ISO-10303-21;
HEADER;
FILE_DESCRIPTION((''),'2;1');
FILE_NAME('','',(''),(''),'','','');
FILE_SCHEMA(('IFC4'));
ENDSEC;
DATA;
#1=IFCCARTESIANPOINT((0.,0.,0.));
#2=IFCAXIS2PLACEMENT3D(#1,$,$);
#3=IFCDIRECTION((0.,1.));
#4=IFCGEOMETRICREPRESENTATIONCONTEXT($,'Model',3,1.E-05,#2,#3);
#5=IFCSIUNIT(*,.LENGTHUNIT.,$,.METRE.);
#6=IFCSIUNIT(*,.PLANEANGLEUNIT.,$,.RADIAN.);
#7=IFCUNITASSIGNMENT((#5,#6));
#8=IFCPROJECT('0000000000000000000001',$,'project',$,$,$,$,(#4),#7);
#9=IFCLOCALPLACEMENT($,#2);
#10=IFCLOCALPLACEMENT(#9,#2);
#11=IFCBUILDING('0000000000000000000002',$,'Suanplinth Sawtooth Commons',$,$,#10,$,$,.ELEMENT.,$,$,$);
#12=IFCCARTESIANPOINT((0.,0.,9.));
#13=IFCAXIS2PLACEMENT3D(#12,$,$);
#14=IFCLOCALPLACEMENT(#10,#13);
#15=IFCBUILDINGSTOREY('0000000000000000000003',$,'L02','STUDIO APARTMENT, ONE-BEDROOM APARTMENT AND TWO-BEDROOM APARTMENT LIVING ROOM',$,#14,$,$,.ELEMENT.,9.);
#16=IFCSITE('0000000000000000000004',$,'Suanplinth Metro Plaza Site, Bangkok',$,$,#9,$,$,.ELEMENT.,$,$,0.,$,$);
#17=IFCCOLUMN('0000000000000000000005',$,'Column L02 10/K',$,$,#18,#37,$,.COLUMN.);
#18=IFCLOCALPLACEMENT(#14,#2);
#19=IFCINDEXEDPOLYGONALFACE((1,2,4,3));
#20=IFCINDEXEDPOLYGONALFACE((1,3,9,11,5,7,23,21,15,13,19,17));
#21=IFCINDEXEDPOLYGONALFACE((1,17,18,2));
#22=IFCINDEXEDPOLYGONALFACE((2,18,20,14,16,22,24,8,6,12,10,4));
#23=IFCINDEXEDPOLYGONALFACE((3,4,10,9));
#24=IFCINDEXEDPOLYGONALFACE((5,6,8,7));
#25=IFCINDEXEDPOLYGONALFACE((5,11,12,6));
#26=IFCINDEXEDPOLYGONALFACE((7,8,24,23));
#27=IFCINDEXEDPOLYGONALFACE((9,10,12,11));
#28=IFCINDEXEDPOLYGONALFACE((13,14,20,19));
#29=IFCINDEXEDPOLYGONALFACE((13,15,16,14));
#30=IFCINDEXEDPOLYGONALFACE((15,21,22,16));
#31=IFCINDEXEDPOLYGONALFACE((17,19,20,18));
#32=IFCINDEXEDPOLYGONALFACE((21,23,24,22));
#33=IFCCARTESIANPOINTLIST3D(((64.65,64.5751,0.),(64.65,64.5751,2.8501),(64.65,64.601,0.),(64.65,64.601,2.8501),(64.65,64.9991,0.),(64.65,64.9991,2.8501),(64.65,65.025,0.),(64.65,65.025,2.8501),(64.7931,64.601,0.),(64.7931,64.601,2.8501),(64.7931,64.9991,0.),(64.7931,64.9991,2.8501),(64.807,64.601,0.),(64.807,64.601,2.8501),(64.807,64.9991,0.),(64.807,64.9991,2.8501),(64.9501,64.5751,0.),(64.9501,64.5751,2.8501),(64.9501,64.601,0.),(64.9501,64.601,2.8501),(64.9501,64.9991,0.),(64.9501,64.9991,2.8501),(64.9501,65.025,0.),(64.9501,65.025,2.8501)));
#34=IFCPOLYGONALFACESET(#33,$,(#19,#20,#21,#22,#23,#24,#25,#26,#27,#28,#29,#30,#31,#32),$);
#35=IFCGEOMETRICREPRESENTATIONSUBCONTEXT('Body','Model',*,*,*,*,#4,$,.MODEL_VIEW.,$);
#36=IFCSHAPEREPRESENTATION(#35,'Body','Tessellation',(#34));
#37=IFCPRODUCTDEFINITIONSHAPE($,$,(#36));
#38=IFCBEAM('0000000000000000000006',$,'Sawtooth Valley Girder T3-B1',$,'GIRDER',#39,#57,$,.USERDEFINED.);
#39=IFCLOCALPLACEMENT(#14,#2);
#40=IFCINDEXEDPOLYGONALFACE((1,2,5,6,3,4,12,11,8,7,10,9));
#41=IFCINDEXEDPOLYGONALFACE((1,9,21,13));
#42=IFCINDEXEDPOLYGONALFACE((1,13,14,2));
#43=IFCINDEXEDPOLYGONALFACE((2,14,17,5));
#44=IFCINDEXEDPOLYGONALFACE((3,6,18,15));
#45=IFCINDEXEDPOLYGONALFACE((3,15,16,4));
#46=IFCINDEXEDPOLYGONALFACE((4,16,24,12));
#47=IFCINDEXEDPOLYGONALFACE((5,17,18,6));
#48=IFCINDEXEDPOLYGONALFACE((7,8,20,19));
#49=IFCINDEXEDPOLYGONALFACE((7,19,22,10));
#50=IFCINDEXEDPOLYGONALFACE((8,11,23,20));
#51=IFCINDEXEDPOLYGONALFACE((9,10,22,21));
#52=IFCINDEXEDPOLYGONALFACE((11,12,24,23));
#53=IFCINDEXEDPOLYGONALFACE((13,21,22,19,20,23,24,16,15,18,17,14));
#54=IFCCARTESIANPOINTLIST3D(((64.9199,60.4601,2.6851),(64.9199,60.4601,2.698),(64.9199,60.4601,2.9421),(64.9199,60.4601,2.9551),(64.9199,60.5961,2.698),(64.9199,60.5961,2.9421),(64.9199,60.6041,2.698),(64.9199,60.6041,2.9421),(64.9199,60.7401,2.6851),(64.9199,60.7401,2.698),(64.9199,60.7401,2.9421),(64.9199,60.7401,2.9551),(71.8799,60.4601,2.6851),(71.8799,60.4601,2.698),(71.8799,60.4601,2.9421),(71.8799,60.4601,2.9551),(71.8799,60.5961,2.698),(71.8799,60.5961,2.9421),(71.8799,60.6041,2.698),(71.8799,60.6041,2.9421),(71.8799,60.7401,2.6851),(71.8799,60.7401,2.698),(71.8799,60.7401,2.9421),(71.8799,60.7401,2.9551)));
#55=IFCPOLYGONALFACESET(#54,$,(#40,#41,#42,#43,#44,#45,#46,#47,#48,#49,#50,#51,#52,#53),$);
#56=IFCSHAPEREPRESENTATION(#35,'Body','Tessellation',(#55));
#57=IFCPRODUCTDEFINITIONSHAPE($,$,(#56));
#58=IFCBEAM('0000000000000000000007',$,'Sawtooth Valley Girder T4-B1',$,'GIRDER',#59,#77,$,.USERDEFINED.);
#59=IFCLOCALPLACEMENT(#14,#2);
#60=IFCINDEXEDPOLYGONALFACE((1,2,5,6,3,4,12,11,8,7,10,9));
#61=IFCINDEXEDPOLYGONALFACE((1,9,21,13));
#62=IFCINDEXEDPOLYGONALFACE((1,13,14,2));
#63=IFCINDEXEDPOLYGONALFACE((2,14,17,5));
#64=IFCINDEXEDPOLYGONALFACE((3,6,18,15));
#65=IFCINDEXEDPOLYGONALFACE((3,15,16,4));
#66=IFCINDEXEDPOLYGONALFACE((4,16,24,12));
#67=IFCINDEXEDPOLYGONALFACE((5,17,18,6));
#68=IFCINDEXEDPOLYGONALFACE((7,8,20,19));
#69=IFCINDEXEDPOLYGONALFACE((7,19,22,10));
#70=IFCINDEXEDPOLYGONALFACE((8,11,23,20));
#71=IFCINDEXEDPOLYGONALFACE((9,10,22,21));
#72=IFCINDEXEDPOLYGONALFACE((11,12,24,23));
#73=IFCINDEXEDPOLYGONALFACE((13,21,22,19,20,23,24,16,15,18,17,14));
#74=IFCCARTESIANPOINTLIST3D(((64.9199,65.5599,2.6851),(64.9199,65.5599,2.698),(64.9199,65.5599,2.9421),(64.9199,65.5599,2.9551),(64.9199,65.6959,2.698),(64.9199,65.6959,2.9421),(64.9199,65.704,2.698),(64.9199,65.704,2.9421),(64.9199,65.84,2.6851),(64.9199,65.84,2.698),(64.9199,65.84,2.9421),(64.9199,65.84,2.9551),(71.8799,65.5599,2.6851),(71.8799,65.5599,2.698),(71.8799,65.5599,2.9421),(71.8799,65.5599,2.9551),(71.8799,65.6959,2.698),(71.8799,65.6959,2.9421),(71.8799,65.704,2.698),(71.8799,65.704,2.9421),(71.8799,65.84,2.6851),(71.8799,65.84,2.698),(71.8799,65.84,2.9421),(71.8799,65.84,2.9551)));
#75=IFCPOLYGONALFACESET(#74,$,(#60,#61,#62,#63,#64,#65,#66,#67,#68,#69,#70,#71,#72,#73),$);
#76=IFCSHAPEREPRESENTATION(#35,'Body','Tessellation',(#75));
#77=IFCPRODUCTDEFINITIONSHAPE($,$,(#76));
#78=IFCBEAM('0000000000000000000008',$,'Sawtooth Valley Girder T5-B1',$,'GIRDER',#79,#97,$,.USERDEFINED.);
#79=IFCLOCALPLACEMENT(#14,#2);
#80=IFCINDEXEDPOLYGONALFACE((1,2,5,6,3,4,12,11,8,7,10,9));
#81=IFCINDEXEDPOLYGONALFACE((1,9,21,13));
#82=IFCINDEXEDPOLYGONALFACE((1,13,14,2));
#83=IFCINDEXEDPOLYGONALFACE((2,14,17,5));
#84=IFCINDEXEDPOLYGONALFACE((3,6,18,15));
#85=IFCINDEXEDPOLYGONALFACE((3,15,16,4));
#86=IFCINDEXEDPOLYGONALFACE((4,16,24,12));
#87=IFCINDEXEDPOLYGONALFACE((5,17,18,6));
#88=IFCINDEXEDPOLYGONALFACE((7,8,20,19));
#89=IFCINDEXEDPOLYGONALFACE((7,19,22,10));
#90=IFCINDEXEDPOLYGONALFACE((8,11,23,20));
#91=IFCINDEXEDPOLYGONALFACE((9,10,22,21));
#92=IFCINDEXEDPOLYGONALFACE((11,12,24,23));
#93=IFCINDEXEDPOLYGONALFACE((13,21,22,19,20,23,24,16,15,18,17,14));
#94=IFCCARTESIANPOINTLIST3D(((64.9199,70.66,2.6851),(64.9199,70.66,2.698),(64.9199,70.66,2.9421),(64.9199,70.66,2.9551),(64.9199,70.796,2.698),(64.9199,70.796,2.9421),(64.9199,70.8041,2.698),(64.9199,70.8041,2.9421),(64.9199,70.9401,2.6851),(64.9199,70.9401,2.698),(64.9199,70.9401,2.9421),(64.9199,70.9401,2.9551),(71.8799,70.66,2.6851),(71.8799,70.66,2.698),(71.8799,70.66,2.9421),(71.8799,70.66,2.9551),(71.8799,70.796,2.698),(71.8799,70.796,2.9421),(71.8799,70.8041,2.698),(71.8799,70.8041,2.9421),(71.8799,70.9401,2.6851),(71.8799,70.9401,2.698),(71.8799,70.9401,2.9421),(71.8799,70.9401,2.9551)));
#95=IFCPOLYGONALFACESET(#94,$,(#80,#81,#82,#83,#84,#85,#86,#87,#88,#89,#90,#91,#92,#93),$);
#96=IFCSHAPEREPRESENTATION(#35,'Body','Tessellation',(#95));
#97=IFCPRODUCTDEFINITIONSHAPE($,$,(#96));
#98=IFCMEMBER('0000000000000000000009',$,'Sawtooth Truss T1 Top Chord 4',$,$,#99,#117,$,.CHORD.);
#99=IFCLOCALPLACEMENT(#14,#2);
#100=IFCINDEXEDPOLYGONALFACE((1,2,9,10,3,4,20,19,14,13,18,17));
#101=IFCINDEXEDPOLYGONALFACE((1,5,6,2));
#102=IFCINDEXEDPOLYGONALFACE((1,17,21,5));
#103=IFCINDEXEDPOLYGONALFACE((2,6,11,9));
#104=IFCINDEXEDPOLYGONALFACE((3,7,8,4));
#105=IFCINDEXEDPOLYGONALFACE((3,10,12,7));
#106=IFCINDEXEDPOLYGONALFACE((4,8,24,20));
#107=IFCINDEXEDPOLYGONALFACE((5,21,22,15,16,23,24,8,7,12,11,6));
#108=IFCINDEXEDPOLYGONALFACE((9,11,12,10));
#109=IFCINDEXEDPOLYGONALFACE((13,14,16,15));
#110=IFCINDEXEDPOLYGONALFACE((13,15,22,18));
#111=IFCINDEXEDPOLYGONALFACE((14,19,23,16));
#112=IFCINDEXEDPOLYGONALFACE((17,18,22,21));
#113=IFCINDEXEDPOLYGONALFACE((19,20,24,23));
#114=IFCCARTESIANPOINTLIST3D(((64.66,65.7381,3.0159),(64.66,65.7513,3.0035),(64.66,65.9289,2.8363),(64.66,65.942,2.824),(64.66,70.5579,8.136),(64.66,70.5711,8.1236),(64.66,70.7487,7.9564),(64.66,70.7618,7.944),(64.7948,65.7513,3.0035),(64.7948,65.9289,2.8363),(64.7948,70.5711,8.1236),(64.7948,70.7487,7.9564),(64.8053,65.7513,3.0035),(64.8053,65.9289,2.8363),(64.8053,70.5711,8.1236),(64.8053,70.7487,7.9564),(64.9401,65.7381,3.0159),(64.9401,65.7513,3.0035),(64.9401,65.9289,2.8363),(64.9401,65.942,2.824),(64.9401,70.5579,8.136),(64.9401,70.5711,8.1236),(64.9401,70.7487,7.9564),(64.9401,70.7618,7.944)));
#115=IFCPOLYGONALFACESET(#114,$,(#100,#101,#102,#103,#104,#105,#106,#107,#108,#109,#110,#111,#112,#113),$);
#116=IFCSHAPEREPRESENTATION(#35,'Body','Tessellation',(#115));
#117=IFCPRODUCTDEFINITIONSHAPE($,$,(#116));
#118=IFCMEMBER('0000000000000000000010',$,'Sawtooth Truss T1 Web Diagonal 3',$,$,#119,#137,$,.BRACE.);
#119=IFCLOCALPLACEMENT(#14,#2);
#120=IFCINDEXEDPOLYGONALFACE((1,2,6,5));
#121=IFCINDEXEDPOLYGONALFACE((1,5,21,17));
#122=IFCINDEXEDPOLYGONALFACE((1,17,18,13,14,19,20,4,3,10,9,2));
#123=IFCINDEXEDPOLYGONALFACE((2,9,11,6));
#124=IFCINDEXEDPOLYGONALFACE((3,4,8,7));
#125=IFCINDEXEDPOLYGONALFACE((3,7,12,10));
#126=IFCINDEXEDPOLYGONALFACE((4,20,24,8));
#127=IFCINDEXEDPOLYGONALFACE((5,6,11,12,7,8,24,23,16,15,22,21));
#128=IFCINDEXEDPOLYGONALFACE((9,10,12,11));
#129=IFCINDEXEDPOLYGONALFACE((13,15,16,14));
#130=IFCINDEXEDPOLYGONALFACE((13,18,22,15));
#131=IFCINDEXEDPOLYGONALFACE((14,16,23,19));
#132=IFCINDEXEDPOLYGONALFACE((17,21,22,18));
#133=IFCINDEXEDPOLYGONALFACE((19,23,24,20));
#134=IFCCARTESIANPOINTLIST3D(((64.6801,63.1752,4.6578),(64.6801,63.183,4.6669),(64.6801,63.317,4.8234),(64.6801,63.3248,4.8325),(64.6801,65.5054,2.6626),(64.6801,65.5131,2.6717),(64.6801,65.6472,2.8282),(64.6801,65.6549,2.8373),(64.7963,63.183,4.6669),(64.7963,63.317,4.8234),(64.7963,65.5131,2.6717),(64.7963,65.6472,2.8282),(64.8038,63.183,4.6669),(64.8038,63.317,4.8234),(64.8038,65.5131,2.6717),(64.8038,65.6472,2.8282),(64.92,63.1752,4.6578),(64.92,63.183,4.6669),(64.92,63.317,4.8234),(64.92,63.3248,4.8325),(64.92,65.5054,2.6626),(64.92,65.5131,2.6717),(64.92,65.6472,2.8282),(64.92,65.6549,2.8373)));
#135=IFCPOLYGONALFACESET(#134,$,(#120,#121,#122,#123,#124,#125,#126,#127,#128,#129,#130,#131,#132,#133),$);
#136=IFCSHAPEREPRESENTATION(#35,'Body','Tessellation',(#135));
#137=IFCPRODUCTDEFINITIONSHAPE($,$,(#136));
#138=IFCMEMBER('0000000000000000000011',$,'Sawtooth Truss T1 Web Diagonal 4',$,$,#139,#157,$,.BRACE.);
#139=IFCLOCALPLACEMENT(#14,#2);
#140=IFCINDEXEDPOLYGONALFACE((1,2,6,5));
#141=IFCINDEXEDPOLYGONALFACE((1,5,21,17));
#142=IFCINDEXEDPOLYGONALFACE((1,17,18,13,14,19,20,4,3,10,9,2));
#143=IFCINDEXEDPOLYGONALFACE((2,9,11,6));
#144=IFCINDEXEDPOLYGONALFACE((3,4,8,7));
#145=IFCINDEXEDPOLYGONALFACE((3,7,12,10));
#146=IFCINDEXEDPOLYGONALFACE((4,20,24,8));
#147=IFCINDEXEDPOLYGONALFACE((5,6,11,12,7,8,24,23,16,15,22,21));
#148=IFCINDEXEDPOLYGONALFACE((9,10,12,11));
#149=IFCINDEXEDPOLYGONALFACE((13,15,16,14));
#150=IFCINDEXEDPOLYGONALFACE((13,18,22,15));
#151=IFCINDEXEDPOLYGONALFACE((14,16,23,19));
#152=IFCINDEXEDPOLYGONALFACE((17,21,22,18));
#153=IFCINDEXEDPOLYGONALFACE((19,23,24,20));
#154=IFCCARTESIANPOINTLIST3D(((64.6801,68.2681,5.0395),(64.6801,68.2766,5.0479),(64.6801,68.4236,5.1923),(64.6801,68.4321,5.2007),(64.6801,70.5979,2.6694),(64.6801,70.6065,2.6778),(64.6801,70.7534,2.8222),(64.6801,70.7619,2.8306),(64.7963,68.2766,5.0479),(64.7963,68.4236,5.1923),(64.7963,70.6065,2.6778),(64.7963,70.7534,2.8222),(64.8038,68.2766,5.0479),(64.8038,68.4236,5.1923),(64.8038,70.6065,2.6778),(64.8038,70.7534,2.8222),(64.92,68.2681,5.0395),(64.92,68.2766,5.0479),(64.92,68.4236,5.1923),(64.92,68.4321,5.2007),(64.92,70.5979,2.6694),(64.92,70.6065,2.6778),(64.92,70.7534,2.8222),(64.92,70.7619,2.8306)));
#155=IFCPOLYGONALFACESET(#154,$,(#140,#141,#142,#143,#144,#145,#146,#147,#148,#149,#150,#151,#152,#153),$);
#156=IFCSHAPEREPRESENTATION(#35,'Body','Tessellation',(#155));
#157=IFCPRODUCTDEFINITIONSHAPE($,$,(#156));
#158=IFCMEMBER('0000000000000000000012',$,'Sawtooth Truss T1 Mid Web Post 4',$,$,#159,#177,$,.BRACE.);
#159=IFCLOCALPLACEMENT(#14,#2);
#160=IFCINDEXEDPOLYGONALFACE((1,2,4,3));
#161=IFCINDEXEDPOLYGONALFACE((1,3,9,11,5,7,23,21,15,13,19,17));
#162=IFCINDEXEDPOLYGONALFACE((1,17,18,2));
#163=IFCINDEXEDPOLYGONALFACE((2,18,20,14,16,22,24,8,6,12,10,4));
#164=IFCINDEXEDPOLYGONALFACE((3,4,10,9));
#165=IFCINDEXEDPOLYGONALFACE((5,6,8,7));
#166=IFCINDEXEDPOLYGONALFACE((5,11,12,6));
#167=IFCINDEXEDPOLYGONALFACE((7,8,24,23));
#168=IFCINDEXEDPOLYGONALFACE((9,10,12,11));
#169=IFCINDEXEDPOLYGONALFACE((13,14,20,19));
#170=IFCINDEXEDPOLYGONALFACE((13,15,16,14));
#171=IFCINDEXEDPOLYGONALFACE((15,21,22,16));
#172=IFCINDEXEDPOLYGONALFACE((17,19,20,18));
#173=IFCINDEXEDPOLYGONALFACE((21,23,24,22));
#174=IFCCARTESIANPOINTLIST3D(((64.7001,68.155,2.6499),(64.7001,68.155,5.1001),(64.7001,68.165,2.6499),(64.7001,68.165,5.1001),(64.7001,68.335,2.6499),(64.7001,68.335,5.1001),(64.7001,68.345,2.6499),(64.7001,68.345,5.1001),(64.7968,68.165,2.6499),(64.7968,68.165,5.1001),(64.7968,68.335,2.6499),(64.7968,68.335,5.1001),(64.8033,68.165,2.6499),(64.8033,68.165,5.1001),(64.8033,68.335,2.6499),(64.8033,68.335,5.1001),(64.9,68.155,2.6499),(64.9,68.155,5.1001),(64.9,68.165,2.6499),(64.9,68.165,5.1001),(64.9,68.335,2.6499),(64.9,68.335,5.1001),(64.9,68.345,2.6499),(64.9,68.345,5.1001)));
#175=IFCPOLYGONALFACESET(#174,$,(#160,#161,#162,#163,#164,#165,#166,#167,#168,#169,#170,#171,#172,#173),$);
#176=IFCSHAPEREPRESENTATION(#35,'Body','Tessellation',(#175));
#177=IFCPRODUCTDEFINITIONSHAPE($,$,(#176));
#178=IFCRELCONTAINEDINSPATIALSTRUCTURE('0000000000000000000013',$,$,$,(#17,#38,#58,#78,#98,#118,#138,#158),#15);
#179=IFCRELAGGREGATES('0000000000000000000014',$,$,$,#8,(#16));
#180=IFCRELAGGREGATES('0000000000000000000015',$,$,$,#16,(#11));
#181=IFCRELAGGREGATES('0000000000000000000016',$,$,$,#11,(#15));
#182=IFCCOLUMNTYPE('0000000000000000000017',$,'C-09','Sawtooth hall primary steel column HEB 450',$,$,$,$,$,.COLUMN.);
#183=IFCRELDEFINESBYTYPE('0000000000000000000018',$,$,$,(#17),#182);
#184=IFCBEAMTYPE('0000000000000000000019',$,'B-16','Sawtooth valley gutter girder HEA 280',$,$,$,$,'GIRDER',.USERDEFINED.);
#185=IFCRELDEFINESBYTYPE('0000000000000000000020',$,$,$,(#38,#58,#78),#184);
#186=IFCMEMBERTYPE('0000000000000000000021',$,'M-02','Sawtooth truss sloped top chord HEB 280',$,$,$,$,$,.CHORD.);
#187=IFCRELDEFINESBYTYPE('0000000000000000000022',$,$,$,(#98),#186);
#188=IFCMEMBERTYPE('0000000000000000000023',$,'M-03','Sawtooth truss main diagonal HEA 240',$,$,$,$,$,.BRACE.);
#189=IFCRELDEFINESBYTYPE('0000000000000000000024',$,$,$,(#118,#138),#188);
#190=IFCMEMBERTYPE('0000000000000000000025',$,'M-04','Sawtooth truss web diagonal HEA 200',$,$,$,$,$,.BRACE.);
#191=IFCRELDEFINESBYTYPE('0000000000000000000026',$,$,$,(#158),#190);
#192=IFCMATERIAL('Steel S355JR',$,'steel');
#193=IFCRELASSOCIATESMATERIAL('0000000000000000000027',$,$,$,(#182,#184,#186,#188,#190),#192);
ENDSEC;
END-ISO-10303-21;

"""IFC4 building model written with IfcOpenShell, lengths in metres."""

from ifc_helpers import new_model, si_unit, direction, frame, origin, origin_2d, place, context, subcontext, project, spatial, i_section, extrude, material, material_profile, profile_set, type_object, element, save


model = new_model("IFC4")

# Units and contexts
model_context = context("Model", 3, precision=1e-05, world=origin(), true_north=direction((0.0, 1.0)))
body_context = subcontext(model_context, "Body", "Model", "MODEL_VIEW")
ifc_project = project(units=[si_unit("LENGTHUNIT", "METRE"), si_unit("PLANEANGLEUNIT", "RADIAN")], contexts=[model_context])

# Site, building, storey
site_placement = place(None, origin())
site = spatial("IfcSite", under=ifc_project, at=site_placement, Name="Suanplinth Metro Plaza Site, Bangkok", CompositionType="ELEMENT", RefElevation=0.0)
building_placement = place(site_placement, origin())
building = spatial("IfcBuilding", under=site, at=building_placement, Name="Suanplinth Sawtooth Commons", CompositionType="ELEMENT")
storey_placement = place(building_placement, frame((0.0, 0.0, 9.0)))
storey = spatial("IfcBuildingStorey", under=building, at=storey_placement, Name="L02", Description="STUDIO APARTMENT, ONE-BEDROOM APARTMENT AND TWO-BEDROOM APARTMENT LIVING ROOM", CompositionType="ELEMENT", Elevation=9.0)

# Column
ifc_material_1 = material(Name="Steel S355JR", Category="steel")
ifc_material_profile_1 = material_profile(ifc_material_1, i_section(OverallWidth=0.3, OverallDepth=0.45, WebThickness=0.0139, FlangeThickness=0.0259, at=origin_2d()), Name="HEB 450")
ifc_profile_set_1 = profile_set([ifc_material_profile_1], Name="Steel S355JR")
column_type = type_object("IfcColumnType", Name="C-09", Description="Sawtooth hall primary steel column HEB 450", PredefinedType="COLUMN", material=ifc_profile_set_1)
column_placement = place(storey_placement, frame((64.8, 64.8, 0.0), z_axis=(0.0, 0.0, 1.0), x_axis=(1.0, 0.0, 0.0)))
element("IfcColumn", 1, at=column_placement, inside=storey, type_object=column_type, Name="Column L02 10/K", PredefinedType="COLUMN", context=body_context, shape_type="SweptSolid", body=[
    extrude(i_section(OverallWidth=0.3, OverallDepth=0.45, WebThickness=0.0139, FlangeThickness=0.0259, at=origin_2d()), origin(), (0.0, 0.0, 1.0), 2.8501),
])

# Beams
ifc_material_profile_2 = material_profile(ifc_material_1, i_section(OverallWidth=0.28, OverallDepth=0.27, WebThickness=0.0081, FlangeThickness=0.0129, at=origin_2d()), Name="HEA 280")
ifc_profile_set_2 = profile_set([ifc_material_profile_2], Name="Steel S355JR")
beam_type = type_object("IfcBeamType", Name="B-16", Description="Sawtooth valley gutter girder HEA 280", ElementType="GIRDER", PredefinedType="USERDEFINED", material=ifc_profile_set_2)
for number, where, z_axis, x_axis, name in (
    (2, (64.9199, 60.6001, 2.8201), (1.0, 0.0, 0.0), (0.0, 1.0, 0.0), "Sawtooth Valley Girder T3-B1"),
    (3, (64.9199, 65.7, 2.8201), (1.0, 0.0, 0.0), (0.0, 1.0, 0.0), "Sawtooth Valley Girder T4-B1"),
    (4, (64.9199, 70.8, 2.8201), (1.0, 0.0, 0.0), (0.0, 1.0, 0.0), "Sawtooth Valley Girder T5-B1"),
):
    element("IfcBeam", number, at=place(storey_placement, frame(where, z_axis=z_axis, x_axis=x_axis)), inside=storey, type_object=beam_type, Name=name, ObjectType="GIRDER", PredefinedType="USERDEFINED", context=body_context, shape_type="SweptSolid", body=[
        extrude(i_section(OverallWidth=0.28, OverallDepth=0.27, WebThickness=0.0081, FlangeThickness=0.0129, at=origin_2d()), origin(), (0.0, 0.0, 1.0), 6.96),
    ])

# Members
ifc_material_profile_3 = material_profile(ifc_material_1, i_section(OverallWidth=0.28, OverallDepth=0.28, WebThickness=0.0105, FlangeThickness=0.0181, at=origin_2d()), Name="HEB 280")
ifc_profile_set_3 = profile_set([ifc_material_profile_3], Name="Steel S355JR")
member_type_1 = type_object("IfcMemberType", Name="M-02", Description="Sawtooth truss sloped top chord HEB 280", PredefinedType="CHORD", material=ifc_profile_set_3)
member_1_placement = place(storey_placement, frame((64.8, 65.8401, 2.9199), z_axis=(0.0, 0.685432, 0.728137), x_axis=(-1.0, 0.0, 0.0)))
element("IfcMember", 5, at=member_1_placement, inside=storey, type_object=member_type_1, Name="Sawtooth Truss T1 Top Chord 4", PredefinedType="CHORD", context=body_context, shape_type="SweptSolid", body=[
    extrude(i_section(OverallWidth=0.28, OverallDepth=0.28, WebThickness=0.0105, FlangeThickness=0.0181, at=origin_2d()), origin(), (0.0, 0.0, 1.0), 7.0317),
])
ifc_material_profile_4 = material_profile(ifc_material_1, i_section(OverallWidth=0.24, OverallDepth=0.23, WebThickness=0.0076, FlangeThickness=0.012, at=origin_2d()), Name="HEA 240")
ifc_profile_set_4 = profile_set([ifc_material_profile_4], Name="Steel S355JR")
member_type_2 = type_object("IfcMemberType", Name="M-03", Description="Sawtooth truss main diagonal HEA 240", PredefinedType="BRACE", material=ifc_profile_set_4)
member_2_placement = place(storey_placement, frame((64.8, 63.25, 4.7451), z_axis=(0.0, 0.759594, -0.650398), x_axis=(-1.0, 0.0, 0.0)))
element("IfcMember", 6, at=member_2_placement, inside=storey, type_object=member_type_2, Name="Sawtooth Truss T1 Web Diagonal 3", PredefinedType="BRACE", context=body_context, shape_type="SweptSolid", body=[
    extrude(i_section(OverallWidth=0.24, OverallDepth=0.23, WebThickness=0.0076, FlangeThickness=0.012, at=origin_2d()), origin(), (0.0, 0.0, 1.0), 3.0676),
])
member_3_placement = place(storey_placement, frame((64.8, 68.3501, 5.1201), z_axis=(0.0, 0.70102, -0.713141), x_axis=(-1.0, 0.0, 0.0)))
element("IfcMember", 7, at=member_3_placement, inside=storey, type_object=member_type_2, Name="Sawtooth Truss T1 Web Diagonal 4", PredefinedType="BRACE", context=body_context, shape_type="SweptSolid", body=[
    extrude(i_section(OverallWidth=0.24, OverallDepth=0.23, WebThickness=0.0076, FlangeThickness=0.012, at=origin_2d()), origin(), (0.0, 0.0, 1.0), 3.3235),
])
ifc_material_profile_5 = material_profile(ifc_material_1, i_section(OverallWidth=0.2, OverallDepth=0.1899, WebThickness=0.0066, FlangeThickness=0.01, at=origin_2d()), Name="HEA 200")
ifc_profile_set_5 = profile_set([ifc_material_profile_5], Name="Steel S355JR")
member_type_3 = type_object("IfcMemberType", Name="M-04", Description="Sawtooth truss web diagonal HEA 200", PredefinedType="BRACE", material=ifc_profile_set_5)
member_4_placement = place(storey_placement, frame((64.8, 68.25, 2.6499), z_axis=(0.0, 0.0, 1.0), x_axis=(1.0, 0.0, 0.0)))
element("IfcMember", 8, at=member_4_placement, inside=storey, type_object=member_type_3, Name="Sawtooth Truss T1 Mid Web Post 4", PredefinedType="BRACE", context=body_context, shape_type="SweptSolid", body=[
    extrude(i_section(OverallWidth=0.2, OverallDepth=0.1899, WebThickness=0.0066, FlangeThickness=0.01, at=origin_2d()), origin(), (0.0, 0.0, 1.0), 2.4502),
])

save(model, "model.ifc")
